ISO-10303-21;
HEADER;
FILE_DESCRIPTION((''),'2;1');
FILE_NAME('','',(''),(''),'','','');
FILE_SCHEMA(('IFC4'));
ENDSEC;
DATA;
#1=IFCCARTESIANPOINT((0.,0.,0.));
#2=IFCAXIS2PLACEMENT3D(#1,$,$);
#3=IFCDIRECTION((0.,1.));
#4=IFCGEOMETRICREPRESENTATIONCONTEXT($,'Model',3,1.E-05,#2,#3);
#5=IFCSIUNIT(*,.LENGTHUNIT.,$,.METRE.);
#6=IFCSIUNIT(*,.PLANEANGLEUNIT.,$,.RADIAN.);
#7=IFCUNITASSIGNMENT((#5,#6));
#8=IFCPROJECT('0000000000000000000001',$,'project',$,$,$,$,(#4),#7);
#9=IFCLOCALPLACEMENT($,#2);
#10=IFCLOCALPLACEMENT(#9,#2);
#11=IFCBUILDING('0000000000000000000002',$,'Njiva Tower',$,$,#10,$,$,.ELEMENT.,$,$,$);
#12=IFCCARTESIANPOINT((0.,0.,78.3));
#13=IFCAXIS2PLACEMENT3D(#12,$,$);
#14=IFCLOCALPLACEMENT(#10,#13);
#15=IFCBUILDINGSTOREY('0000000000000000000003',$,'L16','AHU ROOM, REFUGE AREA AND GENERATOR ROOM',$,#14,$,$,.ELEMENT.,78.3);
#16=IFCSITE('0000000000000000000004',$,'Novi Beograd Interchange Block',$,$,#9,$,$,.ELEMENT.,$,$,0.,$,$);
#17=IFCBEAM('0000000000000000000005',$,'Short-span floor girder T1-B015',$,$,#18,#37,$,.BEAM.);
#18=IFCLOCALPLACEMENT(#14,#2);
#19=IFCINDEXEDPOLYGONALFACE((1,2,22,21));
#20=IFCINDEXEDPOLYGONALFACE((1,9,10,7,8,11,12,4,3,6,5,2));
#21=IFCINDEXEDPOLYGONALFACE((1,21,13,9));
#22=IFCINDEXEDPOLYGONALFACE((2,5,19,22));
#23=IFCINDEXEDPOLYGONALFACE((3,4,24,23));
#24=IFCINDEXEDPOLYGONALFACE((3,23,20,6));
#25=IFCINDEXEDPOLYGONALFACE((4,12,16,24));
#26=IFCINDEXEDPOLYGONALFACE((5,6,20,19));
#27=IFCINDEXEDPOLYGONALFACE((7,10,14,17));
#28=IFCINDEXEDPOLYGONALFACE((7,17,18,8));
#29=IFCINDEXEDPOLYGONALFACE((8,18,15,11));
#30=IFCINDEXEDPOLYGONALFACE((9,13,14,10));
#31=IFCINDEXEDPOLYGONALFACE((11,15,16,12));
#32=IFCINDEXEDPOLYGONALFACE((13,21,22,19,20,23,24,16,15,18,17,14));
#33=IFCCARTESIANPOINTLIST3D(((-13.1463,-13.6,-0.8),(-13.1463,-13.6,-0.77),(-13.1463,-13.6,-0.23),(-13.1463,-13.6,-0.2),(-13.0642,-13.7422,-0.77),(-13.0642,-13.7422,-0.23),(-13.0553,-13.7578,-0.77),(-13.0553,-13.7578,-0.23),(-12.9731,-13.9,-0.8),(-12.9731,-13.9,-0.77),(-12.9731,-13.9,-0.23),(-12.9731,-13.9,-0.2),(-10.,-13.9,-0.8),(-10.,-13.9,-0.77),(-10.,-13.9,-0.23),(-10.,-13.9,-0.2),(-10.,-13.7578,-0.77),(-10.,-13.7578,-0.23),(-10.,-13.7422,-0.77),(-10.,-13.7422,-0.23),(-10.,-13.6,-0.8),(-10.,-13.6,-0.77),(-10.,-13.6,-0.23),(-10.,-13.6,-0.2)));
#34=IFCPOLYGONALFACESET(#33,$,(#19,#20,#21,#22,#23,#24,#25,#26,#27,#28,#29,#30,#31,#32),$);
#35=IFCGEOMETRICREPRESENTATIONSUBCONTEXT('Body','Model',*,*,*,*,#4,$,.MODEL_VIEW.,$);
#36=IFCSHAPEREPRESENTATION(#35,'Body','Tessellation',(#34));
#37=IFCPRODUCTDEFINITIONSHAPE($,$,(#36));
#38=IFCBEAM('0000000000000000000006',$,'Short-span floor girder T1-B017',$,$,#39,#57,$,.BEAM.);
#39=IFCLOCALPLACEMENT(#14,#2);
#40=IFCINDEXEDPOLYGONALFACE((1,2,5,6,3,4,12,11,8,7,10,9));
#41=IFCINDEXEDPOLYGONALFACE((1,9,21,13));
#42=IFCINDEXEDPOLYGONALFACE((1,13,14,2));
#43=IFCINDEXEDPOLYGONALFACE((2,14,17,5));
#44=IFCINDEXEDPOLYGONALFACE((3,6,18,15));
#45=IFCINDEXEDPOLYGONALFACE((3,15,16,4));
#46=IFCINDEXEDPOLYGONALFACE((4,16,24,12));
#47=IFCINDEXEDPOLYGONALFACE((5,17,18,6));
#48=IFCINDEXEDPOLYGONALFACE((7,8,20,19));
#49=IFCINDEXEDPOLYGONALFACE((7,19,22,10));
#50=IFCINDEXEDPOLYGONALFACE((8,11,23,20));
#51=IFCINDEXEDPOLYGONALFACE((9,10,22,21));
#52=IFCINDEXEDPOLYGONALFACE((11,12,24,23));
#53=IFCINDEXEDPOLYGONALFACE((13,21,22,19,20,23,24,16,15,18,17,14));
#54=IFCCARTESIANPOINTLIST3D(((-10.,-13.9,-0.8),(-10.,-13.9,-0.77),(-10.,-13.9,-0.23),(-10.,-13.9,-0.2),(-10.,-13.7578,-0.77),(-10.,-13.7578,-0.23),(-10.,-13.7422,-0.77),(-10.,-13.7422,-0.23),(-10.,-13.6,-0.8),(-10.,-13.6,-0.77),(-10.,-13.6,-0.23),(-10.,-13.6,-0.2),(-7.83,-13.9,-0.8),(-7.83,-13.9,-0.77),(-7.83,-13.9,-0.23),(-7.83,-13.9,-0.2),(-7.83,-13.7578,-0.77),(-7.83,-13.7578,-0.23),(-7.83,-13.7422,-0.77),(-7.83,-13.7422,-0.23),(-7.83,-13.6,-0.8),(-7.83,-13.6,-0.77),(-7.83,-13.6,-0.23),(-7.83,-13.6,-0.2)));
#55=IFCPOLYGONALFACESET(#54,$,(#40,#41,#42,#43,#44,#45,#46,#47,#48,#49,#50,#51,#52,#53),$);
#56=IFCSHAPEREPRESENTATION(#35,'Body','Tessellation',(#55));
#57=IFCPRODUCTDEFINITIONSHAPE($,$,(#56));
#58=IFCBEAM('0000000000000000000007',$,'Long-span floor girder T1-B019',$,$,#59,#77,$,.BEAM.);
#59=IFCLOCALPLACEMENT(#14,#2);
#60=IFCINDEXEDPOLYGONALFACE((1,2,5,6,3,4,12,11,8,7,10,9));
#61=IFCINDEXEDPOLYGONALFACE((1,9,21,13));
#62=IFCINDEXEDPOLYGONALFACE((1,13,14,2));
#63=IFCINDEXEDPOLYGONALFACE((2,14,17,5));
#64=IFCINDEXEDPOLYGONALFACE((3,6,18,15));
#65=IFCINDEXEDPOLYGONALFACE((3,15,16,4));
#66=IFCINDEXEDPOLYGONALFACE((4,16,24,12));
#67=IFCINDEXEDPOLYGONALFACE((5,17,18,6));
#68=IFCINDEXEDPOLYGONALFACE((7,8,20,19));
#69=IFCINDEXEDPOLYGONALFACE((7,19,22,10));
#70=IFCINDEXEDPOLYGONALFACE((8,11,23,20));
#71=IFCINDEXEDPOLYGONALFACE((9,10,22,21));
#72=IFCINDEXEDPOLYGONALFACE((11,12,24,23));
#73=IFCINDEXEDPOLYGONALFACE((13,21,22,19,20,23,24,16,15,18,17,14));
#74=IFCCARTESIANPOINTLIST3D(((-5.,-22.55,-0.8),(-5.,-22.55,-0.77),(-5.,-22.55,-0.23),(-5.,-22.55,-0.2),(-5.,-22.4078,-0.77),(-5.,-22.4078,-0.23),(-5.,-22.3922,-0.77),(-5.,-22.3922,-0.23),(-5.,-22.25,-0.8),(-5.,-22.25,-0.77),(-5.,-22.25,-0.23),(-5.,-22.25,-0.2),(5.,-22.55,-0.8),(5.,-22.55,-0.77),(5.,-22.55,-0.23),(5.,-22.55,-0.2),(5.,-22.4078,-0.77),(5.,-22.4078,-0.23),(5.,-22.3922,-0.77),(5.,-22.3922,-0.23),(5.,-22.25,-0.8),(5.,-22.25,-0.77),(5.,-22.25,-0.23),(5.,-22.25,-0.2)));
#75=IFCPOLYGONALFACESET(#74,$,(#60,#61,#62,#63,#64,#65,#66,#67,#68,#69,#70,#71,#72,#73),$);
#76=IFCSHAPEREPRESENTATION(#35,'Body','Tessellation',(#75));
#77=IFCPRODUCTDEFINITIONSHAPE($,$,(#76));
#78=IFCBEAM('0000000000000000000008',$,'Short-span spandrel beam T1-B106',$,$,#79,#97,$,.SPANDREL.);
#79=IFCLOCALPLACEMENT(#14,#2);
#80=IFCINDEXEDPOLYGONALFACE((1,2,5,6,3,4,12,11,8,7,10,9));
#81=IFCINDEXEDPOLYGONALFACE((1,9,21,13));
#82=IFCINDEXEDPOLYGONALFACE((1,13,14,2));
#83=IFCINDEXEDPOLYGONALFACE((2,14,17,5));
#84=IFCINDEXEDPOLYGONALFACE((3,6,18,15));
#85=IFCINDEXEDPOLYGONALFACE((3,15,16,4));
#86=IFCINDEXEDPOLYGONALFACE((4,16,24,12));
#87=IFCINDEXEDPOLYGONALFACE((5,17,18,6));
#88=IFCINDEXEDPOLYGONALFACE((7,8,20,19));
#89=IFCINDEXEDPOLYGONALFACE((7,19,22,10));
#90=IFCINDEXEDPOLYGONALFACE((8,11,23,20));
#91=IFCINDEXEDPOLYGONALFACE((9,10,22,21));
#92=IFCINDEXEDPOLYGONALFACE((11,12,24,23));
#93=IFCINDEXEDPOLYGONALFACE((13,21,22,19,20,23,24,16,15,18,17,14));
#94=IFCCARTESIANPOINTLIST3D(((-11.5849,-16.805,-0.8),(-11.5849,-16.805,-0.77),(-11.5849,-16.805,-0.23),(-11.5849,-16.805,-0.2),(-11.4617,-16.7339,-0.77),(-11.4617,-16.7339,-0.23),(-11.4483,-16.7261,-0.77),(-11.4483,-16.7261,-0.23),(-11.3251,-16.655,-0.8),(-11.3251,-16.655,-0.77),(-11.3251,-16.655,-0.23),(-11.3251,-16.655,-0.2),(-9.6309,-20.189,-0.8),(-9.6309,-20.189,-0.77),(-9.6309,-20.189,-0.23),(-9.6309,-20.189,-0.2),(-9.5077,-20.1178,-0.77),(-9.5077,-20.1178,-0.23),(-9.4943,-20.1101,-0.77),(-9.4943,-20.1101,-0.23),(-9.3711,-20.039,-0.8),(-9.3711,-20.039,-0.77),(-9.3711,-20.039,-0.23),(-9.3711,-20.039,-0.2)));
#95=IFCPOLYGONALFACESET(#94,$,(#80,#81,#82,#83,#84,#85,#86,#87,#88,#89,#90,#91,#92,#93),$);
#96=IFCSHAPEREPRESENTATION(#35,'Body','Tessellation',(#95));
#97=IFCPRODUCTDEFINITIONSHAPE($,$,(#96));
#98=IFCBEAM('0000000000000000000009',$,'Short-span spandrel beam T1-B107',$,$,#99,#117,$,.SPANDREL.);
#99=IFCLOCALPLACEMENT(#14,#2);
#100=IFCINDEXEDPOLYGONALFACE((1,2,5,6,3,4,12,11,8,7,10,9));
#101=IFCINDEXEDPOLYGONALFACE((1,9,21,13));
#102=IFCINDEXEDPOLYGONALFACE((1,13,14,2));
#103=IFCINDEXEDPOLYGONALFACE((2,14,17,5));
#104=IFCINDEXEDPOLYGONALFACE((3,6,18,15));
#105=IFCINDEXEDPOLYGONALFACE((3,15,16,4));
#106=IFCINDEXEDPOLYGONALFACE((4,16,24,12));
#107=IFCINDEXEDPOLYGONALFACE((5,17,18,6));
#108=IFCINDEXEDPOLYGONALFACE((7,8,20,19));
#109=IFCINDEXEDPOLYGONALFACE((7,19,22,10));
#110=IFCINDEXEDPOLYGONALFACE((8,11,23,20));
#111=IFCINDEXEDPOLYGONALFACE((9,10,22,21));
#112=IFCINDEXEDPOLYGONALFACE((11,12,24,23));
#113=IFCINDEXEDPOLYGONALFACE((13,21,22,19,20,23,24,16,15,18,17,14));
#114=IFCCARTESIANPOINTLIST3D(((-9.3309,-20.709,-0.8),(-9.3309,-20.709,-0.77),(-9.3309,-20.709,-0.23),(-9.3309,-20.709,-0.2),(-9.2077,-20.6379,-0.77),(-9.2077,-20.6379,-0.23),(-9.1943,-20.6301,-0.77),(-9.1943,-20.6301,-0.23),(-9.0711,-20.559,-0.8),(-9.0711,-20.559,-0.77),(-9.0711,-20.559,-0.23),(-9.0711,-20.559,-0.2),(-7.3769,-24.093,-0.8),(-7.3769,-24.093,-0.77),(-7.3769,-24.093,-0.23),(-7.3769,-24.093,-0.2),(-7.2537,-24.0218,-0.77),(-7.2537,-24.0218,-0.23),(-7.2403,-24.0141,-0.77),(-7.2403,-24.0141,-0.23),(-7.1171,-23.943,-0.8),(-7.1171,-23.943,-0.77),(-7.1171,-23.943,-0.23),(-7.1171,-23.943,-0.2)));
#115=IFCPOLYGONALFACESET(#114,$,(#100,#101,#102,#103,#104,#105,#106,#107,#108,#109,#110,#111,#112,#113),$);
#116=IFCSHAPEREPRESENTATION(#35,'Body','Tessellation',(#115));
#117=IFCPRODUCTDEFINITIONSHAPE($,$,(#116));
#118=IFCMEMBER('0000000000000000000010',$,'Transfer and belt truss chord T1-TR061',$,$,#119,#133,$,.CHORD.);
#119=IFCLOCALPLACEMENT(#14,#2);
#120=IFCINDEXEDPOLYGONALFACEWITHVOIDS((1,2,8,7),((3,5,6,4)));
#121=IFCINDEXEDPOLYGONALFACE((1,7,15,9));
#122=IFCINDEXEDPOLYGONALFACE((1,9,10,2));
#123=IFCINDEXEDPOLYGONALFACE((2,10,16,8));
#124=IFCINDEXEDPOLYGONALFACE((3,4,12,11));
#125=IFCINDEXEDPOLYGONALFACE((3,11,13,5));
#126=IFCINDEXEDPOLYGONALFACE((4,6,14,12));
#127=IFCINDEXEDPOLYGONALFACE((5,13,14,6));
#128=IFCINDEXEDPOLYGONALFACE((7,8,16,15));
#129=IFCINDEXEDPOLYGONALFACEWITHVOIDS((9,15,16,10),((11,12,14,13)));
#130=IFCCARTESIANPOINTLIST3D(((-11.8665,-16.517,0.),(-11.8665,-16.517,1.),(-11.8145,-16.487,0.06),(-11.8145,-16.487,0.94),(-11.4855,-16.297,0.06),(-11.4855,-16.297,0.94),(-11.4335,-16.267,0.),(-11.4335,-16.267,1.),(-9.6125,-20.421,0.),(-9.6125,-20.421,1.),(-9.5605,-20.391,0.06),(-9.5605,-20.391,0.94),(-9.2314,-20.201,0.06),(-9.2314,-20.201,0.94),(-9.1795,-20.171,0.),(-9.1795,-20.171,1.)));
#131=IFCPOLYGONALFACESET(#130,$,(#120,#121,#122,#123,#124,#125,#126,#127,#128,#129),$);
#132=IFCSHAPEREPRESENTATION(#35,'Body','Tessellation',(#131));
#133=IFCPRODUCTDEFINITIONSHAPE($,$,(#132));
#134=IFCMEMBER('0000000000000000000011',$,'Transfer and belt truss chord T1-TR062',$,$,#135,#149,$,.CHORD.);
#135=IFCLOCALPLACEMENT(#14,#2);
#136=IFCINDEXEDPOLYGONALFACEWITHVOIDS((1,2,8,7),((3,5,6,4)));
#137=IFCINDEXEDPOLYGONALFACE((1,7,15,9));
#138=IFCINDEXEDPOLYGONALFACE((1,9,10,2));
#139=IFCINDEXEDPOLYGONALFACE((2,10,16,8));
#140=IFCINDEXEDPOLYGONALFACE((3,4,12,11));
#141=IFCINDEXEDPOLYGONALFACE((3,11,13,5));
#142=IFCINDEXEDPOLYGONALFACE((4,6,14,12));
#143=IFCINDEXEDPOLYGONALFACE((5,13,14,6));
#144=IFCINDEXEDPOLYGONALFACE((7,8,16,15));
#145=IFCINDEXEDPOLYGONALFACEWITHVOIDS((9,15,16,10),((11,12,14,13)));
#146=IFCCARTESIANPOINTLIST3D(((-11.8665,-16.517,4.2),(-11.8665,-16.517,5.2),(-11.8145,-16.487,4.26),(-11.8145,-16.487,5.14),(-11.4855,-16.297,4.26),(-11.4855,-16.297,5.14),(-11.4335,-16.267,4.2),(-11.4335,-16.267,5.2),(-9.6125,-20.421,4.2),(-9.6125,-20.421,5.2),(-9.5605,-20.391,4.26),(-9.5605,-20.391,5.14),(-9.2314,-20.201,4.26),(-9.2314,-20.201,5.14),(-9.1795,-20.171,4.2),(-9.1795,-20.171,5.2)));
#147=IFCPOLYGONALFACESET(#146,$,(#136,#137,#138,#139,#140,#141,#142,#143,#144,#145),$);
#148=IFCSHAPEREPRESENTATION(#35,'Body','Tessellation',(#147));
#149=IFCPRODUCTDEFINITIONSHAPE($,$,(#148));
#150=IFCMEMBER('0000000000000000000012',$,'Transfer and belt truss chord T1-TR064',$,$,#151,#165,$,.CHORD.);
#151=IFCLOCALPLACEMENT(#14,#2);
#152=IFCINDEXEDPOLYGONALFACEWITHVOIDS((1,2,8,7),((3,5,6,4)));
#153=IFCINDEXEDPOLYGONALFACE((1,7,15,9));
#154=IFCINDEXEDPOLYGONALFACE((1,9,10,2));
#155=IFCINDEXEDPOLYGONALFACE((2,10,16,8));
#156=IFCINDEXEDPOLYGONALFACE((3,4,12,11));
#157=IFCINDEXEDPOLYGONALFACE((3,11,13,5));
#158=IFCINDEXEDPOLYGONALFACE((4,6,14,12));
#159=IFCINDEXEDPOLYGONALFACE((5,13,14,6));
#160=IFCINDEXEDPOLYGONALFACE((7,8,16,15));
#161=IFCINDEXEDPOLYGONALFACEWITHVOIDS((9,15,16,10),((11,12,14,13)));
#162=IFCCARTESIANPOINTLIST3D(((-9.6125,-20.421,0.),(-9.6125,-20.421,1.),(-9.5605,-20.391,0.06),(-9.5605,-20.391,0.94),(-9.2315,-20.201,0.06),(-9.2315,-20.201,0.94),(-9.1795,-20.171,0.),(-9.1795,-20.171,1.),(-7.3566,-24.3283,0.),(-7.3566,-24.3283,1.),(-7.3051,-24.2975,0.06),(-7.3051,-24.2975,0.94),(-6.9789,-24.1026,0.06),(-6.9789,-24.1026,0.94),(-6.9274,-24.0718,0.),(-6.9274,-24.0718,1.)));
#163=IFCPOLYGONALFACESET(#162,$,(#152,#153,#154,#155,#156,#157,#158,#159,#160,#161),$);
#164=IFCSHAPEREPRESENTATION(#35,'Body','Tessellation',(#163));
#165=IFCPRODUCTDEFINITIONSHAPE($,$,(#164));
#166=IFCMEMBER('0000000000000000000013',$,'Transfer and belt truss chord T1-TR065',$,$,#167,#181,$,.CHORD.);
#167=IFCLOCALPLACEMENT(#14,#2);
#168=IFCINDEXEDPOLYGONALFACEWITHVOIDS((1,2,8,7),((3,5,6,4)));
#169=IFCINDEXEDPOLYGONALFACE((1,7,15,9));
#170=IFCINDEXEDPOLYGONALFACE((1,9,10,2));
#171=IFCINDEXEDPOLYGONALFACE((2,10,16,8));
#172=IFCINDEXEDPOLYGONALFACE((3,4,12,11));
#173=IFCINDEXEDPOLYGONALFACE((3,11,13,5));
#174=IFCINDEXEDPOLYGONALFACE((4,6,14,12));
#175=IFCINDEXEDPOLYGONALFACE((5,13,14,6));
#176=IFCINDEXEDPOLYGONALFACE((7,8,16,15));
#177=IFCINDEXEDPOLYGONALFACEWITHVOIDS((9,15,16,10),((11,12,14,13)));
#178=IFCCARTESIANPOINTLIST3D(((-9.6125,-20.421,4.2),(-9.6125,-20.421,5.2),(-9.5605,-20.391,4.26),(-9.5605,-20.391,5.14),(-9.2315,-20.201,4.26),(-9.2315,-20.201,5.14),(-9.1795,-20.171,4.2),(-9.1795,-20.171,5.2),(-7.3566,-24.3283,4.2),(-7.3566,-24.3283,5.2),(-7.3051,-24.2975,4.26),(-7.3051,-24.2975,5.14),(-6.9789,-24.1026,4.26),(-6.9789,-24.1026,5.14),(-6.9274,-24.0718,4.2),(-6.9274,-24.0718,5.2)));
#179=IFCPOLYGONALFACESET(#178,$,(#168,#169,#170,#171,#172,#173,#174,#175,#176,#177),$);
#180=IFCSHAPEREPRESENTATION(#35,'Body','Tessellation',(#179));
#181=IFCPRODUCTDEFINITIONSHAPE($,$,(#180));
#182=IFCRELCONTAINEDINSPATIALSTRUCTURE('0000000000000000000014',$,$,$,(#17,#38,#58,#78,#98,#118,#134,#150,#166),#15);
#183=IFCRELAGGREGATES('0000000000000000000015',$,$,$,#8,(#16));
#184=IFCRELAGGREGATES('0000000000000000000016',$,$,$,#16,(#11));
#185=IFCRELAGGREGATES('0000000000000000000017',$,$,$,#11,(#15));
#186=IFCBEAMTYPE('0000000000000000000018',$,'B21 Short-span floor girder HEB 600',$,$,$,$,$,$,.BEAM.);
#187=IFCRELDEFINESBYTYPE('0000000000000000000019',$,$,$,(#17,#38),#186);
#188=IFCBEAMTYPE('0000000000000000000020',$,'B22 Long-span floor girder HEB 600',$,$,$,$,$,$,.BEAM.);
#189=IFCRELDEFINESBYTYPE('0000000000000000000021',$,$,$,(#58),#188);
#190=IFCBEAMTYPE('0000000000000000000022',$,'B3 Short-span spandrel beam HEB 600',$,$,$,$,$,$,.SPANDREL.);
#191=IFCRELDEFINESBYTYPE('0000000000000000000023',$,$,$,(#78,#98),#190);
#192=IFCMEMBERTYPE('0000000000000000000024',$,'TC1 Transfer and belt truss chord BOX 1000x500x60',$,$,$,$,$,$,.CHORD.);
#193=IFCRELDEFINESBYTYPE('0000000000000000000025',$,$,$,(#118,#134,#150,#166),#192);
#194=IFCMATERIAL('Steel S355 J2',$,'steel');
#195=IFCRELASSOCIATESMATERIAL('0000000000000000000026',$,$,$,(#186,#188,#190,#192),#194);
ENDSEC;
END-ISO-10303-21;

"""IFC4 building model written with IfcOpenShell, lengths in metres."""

from ifc_helpers import new_model, si_unit, direction, frame, origin, origin_2d, place, context, subcontext, project, spatial, hollow_rectangle, i_section, extrude, clip, halfspace, material, material_profile, profile_set, type_object, element, save


model = new_model("IFC4")

# Units and contexts
model_context = context("Model", 3, precision=1e-05, world=origin(), true_north=direction((0.0, 1.0)))
body_context = subcontext(model_context, "Body", "Model", "MODEL_VIEW")
ifc_project = project(units=[si_unit("LENGTHUNIT", "METRE"), si_unit("PLANEANGLEUNIT", "RADIAN")], contexts=[model_context])

# Site, building, storey
site_placement = place(None, origin())
site = spatial("IfcSite", under=ifc_project, at=site_placement, Name="Novi Beograd Interchange Block", CompositionType="ELEMENT", RefElevation=0.0)
building_placement = place(site_placement, origin())
building = spatial("IfcBuilding", under=site, at=building_placement, Name="Njiva Tower", CompositionType="ELEMENT")
storey_placement = place(building_placement, frame((0.0, 0.0, 78.3)))
storey = spatial("IfcBuildingStorey", under=building, at=storey_placement, Name="L16", Description="AHU ROOM, REFUGE AREA AND GENERATOR ROOM", CompositionType="ELEMENT", Elevation=78.3)

# Shared definitions
ifc_material_1 = material(Name="Steel S355 J2", Category="steel")

# Beams
ifc_material_profile_1 = material_profile(ifc_material_1, i_section(OverallWidth=0.3, OverallDepth=0.6, WebThickness=0.0155, FlangeThickness=0.03, at=origin_2d()), Name="HEB 600")
ifc_profile_set_1 = profile_set([ifc_material_profile_1], Name="Steel S355 J2")
beam_type_1 = type_object("IfcBeamType", Name="B21 Short-span floor girder HEB 600", PredefinedType="BEAM", material=ifc_profile_set_1)
beam_1_placement = place(storey_placement, frame((-13.167, -13.75, -0.5), z_axis=(1.0, 0.0, 0.0), x_axis=(0.0, 1.0, 0.0)))
element("IfcBeam", 1, at=beam_1_placement, inside=storey, type_object=beam_type_1, Name="Short-span floor girder T1-B015", PredefinedType="BEAM", context=body_context, shape_type="Clipping", body=[
    clip(extrude(i_section(OverallWidth=0.3, OverallDepth=0.6, WebThickness=0.0155, FlangeThickness=0.03, at=origin_2d()), origin(), (0.0, 0.0, 1.0), 3.167), halfspace(frame((-0.025, 0.0, 0.1217), z_axis=(-0.499998, 0.0, -0.866027), x_axis=(0.0, -1.0, 0.0)), False)),
])
beam_2_placement = place(storey_placement, frame((-10.0, -13.75, -0.5), z_axis=(1.0, 0.0, 0.0), x_axis=(0.0, 1.0, 0.0)))
element("IfcBeam", 2, at=beam_2_placement, inside=storey, type_object=beam_type_1, Name="Short-span floor girder T1-B017", PredefinedType="BEAM", context=body_context, shape_type="SweptSolid", body=[
    extrude(i_section(OverallWidth=0.3, OverallDepth=0.6, WebThickness=0.0155, FlangeThickness=0.03, at=origin_2d()), origin(), (0.0, 0.0, 1.0), 2.17),
])
ifc_material_profile_2 = material_profile(ifc_material_1, i_section(OverallWidth=0.3, OverallDepth=0.6, WebThickness=0.0155, FlangeThickness=0.03, at=origin_2d()), Name="HEB 600")
ifc_profile_set_2 = profile_set([ifc_material_profile_2], Name="Steel S355 J2")
beam_type_2 = type_object("IfcBeamType", Name="B22 Long-span floor girder HEB 600", PredefinedType="BEAM", material=ifc_profile_set_2)
beam_3_placement = place(storey_placement, frame((-5.0, -22.4, -0.5), z_axis=(1.0, 0.0, 0.0), x_axis=(0.0, 1.0, 0.0)))
element("IfcBeam", 3, at=beam_3_placement, inside=storey, type_object=beam_type_2, Name="Long-span floor girder T1-B019", PredefinedType="BEAM", context=body_context, shape_type="SweptSolid", body=[
    extrude(i_section(OverallWidth=0.3, OverallDepth=0.6, WebThickness=0.0155, FlangeThickness=0.03, at=origin_2d()), origin(), (0.0, 0.0, 1.0), 10.0),
])
ifc_material_profile_3 = material_profile(ifc_material_1, i_section(OverallWidth=0.3, OverallDepth=0.6, WebThickness=0.0155, FlangeThickness=0.03, at=origin_2d()), Name="HEB 600")
ifc_profile_set_3 = profile_set([ifc_material_profile_3], Name="Steel S355 J2")
beam_type_3 = type_object("IfcBeamType", Name="B3 Short-span spandrel beam HEB 600", PredefinedType="SPANDREL", material=ifc_profile_set_3)
for number, where, z_axis, x_axis, name in (
    (4, (-11.455, -16.73, -0.5), (0.500047, -0.865998, 0.0), (0.865998, 0.500047, 0.0), "Short-span spandrel beam T1-B106"),
    (5, (-9.201, -20.634, -0.5), (0.500047, -0.865998, 0.0), (0.865998, 0.500047, 0.0), "Short-span spandrel beam T1-B107"),
):
    element("IfcBeam", number, at=place(storey_placement, frame(where, z_axis=z_axis, x_axis=x_axis)), inside=storey, type_object=beam_type_3, Name=name, PredefinedType="SPANDREL", context=body_context, shape_type="SweptSolid", body=[
        extrude(i_section(OverallWidth=0.3, OverallDepth=0.6, WebThickness=0.0155, FlangeThickness=0.03, at=origin_2d()), origin(), (0.0, 0.0, 1.0), 3.9076),
    ])

# Members
ifc_material_profile_4 = material_profile(ifc_material_1, hollow_rectangle(XDim=0.5, YDim=1.0, WallThickness=0.06, at=origin_2d()), Name="BOX 1000x500x60")
ifc_profile_set_4 = profile_set([ifc_material_profile_4], Name="Steel S355 J2")
member_type_1 = type_object("IfcMemberType", Name="TC1 Transfer and belt truss chord BOX 1000x500x60", PredefinedType="CHORD", material=ifc_profile_set_4)
for number, where, z_axis, x_axis, name in (
    (6, (-11.65, -16.392, 0.5), (0.500004, -0.866023, 0.0), (0.866023, 0.500004, 0.0), "Transfer and belt truss chord T1-TR061"),
    (7, (-11.65, -16.392, 4.7), (0.500004, -0.866023, 0.0), (0.866023, 0.500004, 0.0), "Transfer and belt truss chord T1-TR062"),
):
    element("IfcMember", number, at=place(storey_placement, frame(where, z_axis=z_axis, x_axis=x_axis)), inside=storey, type_object=member_type_1, Name=name, PredefinedType="CHORD", context=body_context, shape_type="SweptSolid", body=[
        extrude(hollow_rectangle(XDim=0.5, YDim=1.0, WallThickness=0.06, at=origin_2d()), origin(), (0.0, 0.0, 1.0), 4.508),
    ])
member_1_placement = place(storey_placement, frame((-9.396, -20.296, 0.5), z_axis=(0.500004, -0.866023, 0.0), x_axis=(0.866023, 0.500004, 0.0)))
element("IfcMember", 8, at=member_1_placement, inside=storey, type_object=member_type_1, Name="Transfer and belt truss chord T1-TR064", PredefinedType="CHORD", context=body_context, shape_type="Clipping", body=[
    clip(extrude(hollow_rectangle(XDim=0.5, YDim=1.0, WallThickness=0.06, at=origin_2d()), origin(), (0.0, 0.0, 1.0), 4.542), halfspace(frame((0.0, -78.8, 4.508), z_axis=(0.015027, 0.0, 0.999887), x_axis=(0.0, 1.0, 0.0)), False)),
])
member_2_placement = place(storey_placement, frame((-9.396, -20.296, 4.7), z_axis=(0.500004, -0.866023, 0.0), x_axis=(0.866023, 0.500004, 0.0)))
element("IfcMember", 9, at=member_2_placement, inside=storey, type_object=member_type_1, Name="Transfer and belt truss chord T1-TR065", PredefinedType="CHORD", context=body_context, shape_type="Clipping", body=[
    clip(extrude(hollow_rectangle(XDim=0.5, YDim=1.0, WallThickness=0.06, at=origin_2d()), origin(), (0.0, 0.0, 1.0), 4.542), halfspace(frame((0.0, -83.0, 4.508), z_axis=(0.015027, 0.0, 0.999887), x_axis=(0.0, 1.0, 0.0)), False)),
])

save(model, "model.ifc")
